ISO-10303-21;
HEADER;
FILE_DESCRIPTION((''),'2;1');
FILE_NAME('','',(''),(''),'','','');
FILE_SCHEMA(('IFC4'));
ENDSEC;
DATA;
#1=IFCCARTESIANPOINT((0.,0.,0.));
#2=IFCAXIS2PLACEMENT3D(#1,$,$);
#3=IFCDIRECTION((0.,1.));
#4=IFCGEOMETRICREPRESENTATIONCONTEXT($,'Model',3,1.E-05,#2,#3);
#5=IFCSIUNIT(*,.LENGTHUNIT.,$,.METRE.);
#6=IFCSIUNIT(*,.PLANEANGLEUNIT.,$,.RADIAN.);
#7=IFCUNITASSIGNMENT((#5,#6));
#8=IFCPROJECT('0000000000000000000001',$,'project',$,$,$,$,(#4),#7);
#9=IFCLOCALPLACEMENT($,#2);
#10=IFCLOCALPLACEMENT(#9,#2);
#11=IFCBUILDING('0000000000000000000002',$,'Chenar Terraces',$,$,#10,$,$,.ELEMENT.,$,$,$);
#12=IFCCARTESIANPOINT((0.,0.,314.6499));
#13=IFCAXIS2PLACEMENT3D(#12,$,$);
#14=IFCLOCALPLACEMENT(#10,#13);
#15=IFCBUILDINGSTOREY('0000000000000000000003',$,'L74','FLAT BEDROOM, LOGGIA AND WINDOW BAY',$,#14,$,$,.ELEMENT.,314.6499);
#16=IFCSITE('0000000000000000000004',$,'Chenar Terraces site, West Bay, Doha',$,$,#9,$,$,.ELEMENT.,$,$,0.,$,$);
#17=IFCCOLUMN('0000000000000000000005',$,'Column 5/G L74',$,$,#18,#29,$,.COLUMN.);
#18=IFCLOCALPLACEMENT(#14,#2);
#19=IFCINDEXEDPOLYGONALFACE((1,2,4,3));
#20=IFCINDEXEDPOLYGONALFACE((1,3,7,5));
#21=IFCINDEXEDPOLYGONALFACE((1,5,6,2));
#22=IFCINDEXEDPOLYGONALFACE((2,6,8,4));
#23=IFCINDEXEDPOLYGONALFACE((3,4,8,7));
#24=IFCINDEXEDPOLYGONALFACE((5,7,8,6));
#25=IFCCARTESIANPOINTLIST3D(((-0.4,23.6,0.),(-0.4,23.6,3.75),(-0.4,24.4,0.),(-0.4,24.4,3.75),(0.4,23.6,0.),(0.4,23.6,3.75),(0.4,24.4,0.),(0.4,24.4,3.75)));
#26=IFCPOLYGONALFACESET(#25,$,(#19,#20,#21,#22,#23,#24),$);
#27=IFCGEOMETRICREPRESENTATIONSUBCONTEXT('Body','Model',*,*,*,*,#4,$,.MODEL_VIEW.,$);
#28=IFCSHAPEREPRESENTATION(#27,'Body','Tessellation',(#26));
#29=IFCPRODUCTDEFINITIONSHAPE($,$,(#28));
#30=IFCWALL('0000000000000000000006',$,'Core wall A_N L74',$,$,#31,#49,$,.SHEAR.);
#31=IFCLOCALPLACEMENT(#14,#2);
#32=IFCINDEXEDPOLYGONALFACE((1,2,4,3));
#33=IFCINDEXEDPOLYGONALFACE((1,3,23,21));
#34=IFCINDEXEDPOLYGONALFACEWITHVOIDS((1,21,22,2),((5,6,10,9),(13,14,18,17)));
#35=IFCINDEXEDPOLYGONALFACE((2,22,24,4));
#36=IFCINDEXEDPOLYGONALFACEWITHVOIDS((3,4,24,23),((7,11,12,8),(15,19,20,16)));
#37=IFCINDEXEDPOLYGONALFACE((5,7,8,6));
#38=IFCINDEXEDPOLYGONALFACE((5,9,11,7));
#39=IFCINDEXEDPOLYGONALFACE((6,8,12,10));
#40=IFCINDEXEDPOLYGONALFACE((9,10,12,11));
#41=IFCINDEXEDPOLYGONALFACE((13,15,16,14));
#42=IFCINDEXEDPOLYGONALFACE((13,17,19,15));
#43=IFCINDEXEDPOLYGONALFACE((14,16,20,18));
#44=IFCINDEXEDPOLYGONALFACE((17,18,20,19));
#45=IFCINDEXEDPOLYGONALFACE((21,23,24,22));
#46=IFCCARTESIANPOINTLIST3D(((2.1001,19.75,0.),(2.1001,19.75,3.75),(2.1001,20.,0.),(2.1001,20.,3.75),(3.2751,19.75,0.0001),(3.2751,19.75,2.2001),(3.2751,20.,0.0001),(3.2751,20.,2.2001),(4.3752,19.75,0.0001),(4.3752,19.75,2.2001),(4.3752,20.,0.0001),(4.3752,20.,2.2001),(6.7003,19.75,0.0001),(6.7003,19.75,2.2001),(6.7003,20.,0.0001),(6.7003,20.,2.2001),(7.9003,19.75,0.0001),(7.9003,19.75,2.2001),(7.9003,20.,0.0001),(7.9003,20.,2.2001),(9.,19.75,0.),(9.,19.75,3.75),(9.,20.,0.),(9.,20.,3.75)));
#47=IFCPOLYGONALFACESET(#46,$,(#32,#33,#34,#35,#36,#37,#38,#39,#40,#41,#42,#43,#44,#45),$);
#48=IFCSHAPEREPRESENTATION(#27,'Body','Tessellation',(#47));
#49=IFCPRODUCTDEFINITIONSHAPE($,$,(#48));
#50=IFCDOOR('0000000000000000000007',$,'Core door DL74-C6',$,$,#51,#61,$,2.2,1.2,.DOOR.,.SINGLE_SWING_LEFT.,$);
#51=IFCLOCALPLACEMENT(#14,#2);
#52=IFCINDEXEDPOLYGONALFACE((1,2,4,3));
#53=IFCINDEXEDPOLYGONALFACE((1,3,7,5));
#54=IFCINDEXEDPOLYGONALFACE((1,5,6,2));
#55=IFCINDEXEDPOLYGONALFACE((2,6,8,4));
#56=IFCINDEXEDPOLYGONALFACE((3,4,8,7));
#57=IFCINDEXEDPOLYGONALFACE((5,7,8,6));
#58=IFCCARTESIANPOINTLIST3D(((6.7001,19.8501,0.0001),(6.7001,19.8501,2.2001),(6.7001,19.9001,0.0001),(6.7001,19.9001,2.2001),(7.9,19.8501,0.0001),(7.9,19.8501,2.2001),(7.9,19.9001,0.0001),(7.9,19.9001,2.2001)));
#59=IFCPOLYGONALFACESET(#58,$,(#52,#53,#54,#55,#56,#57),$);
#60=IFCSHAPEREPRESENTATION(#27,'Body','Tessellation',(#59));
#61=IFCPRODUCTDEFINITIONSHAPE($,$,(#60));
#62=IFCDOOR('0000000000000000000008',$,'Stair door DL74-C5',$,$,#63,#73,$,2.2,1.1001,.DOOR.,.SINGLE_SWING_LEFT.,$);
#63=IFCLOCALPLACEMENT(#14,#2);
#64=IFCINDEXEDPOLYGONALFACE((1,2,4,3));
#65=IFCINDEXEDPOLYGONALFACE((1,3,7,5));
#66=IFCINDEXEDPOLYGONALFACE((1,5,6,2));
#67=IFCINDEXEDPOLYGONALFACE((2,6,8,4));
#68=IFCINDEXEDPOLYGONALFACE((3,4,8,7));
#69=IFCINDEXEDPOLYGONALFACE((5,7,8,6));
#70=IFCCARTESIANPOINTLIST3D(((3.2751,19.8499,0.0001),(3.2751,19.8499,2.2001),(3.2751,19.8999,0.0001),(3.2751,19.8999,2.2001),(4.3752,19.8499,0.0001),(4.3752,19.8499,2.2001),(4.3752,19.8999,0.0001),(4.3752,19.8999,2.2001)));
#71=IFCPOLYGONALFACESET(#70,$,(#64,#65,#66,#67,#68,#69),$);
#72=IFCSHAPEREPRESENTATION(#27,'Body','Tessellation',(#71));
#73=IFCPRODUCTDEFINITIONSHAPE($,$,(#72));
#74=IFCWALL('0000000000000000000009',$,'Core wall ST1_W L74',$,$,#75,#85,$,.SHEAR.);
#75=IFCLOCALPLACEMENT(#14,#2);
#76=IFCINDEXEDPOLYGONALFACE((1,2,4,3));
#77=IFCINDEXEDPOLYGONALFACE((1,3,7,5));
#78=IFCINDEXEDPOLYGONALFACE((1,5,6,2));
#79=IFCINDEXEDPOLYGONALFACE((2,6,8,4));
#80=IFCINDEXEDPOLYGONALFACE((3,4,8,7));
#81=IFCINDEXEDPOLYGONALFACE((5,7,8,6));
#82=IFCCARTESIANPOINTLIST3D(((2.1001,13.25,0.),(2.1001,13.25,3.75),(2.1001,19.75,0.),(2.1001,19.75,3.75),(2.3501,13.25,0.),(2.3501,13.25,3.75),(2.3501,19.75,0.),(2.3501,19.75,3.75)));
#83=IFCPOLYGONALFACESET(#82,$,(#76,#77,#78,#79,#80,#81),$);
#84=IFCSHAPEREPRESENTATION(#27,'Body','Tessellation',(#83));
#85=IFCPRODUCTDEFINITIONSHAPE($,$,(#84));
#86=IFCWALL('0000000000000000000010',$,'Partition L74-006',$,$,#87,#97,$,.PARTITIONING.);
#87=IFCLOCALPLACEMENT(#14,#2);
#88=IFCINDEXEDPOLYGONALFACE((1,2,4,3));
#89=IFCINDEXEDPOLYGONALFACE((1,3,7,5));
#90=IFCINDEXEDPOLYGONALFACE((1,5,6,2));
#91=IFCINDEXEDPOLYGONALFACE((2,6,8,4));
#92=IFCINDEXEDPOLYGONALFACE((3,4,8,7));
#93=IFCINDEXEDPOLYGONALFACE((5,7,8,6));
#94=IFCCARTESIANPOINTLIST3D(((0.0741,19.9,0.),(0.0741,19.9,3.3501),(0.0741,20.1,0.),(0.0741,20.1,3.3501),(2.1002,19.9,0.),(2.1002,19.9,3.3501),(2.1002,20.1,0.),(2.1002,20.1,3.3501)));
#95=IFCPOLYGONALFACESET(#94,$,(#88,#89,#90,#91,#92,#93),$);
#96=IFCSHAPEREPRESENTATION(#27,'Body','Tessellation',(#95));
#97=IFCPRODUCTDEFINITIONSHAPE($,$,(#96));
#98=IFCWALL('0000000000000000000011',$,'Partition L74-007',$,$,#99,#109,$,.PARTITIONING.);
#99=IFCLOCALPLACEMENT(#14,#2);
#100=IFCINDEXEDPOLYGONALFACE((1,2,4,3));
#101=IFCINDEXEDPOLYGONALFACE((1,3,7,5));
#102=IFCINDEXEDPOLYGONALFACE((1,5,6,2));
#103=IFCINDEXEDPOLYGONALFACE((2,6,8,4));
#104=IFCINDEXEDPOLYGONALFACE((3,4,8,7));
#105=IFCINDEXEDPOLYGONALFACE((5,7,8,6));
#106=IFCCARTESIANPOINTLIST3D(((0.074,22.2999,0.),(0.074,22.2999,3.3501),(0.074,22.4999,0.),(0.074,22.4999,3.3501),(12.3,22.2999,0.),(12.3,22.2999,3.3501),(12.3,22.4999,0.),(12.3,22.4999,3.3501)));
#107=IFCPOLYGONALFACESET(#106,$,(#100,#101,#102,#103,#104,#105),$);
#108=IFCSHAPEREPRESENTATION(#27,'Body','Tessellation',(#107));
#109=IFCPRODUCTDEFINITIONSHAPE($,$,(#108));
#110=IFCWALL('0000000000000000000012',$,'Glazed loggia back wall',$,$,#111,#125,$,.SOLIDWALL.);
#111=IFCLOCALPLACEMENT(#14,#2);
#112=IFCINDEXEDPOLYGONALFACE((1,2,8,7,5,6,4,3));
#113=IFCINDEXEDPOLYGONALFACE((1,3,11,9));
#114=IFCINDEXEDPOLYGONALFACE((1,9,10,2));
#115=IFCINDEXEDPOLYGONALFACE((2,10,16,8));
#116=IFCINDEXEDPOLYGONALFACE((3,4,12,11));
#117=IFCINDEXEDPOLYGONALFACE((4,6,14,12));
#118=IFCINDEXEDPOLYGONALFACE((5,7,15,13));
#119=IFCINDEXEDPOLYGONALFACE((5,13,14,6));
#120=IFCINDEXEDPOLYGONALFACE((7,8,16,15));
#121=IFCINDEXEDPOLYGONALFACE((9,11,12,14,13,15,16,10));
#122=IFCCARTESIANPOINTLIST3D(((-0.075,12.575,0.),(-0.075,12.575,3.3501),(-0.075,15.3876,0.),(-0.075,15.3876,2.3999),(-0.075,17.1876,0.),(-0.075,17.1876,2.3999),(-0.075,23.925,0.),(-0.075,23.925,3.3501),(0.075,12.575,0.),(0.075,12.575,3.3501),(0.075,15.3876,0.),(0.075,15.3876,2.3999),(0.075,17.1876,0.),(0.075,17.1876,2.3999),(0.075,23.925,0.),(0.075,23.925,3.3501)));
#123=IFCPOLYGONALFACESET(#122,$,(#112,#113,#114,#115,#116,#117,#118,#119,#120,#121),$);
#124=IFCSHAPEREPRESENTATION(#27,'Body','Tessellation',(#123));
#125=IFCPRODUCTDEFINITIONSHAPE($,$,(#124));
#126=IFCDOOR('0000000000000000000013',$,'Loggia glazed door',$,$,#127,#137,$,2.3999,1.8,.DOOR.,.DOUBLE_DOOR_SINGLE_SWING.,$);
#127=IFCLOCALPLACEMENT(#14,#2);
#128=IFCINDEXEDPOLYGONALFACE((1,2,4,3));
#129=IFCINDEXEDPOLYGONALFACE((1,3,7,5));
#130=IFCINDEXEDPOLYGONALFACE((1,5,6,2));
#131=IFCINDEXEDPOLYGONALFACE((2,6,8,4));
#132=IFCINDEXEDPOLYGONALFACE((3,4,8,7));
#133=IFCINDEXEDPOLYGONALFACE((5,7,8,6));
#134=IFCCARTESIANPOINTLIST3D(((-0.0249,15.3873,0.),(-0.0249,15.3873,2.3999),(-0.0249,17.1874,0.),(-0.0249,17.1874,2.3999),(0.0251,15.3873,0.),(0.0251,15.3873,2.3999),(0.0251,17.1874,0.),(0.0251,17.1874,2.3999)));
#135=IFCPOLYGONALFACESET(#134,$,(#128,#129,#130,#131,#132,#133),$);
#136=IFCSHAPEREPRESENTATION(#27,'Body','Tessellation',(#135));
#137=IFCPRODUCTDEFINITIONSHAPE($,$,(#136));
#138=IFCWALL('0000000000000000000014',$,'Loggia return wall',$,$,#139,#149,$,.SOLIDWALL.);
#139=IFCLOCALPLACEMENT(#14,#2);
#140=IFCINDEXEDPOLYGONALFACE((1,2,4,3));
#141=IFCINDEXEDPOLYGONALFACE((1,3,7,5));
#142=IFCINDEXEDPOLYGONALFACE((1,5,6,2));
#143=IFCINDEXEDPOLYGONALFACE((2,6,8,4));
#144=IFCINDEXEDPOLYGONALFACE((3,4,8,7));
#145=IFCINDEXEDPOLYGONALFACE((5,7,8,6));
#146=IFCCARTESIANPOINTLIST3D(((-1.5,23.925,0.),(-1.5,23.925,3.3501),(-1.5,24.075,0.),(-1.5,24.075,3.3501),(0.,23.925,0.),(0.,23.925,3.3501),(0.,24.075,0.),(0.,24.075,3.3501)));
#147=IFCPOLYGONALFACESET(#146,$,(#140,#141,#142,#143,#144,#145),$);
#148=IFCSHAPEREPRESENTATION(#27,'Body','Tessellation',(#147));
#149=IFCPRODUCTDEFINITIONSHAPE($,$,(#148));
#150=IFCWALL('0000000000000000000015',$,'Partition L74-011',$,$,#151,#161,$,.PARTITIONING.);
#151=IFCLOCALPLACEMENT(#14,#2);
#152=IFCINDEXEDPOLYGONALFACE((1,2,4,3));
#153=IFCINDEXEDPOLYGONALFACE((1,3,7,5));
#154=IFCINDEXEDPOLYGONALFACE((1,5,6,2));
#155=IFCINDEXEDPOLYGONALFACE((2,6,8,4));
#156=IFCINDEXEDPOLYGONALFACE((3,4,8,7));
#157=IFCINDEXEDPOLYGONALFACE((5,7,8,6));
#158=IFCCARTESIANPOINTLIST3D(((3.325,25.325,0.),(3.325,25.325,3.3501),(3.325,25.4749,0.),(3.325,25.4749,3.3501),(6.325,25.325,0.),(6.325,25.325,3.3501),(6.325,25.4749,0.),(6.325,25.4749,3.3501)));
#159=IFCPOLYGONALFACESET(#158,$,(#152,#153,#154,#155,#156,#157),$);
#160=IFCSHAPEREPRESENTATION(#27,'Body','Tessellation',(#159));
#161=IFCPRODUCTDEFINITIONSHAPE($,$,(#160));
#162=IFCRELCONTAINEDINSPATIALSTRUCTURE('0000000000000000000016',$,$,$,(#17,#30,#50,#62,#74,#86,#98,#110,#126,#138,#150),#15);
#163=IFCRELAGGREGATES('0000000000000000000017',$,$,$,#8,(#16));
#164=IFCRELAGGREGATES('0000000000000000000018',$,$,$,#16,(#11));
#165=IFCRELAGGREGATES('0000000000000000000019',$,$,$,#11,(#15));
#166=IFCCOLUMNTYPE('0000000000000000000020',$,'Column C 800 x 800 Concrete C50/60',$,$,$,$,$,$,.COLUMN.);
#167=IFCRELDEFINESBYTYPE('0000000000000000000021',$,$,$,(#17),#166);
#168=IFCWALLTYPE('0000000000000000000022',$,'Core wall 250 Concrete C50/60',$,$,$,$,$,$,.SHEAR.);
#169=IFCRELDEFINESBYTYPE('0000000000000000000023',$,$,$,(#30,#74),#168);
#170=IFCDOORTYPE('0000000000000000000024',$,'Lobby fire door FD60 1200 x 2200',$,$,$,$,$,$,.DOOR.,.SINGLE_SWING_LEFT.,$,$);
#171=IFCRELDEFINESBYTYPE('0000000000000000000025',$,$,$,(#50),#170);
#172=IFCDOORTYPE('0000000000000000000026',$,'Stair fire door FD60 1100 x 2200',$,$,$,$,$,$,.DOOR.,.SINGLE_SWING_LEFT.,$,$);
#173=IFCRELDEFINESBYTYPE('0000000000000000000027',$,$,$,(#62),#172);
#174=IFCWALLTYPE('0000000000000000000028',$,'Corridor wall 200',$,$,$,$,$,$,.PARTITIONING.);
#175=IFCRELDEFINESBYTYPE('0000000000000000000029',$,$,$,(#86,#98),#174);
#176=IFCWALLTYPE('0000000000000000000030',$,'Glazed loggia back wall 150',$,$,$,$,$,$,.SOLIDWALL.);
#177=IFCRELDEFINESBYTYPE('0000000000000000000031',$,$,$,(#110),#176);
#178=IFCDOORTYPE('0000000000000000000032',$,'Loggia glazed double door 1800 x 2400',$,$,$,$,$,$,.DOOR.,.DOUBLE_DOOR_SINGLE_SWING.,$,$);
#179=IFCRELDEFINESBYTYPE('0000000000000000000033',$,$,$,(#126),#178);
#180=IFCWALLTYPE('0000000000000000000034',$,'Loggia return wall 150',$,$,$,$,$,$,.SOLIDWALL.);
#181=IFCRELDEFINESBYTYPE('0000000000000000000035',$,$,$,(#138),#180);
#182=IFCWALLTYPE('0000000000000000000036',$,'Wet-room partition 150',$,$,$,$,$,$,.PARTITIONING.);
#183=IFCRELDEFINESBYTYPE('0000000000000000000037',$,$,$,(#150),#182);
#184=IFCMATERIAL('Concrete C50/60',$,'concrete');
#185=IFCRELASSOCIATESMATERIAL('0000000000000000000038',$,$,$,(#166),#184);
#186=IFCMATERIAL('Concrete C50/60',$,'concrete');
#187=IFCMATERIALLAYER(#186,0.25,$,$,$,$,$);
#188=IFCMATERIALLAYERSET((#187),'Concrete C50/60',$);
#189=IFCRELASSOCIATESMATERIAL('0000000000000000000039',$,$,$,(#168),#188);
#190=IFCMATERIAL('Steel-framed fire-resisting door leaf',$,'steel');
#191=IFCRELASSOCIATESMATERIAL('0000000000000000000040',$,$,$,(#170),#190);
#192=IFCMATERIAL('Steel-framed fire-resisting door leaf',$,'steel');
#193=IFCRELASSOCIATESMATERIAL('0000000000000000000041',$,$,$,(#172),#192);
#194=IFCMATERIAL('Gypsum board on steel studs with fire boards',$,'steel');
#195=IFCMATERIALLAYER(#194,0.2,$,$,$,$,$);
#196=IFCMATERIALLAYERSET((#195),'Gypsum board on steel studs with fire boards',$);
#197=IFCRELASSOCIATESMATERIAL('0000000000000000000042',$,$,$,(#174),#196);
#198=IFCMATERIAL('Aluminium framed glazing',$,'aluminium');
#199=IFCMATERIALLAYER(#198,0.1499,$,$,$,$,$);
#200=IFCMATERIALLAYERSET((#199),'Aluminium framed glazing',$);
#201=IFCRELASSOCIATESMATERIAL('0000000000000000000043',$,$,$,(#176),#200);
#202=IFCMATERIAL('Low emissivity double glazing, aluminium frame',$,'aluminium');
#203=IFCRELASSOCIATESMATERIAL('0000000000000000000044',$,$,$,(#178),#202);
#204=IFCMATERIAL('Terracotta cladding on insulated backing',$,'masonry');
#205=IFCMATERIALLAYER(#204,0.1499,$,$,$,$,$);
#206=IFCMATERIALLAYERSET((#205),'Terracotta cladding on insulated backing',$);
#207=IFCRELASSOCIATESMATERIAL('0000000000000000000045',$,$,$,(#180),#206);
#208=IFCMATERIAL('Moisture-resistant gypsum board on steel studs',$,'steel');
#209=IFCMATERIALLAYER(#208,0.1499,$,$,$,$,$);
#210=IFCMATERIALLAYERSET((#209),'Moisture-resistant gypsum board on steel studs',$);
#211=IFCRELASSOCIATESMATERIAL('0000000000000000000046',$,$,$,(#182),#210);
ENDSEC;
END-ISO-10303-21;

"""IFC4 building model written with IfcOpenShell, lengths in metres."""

from ifc_helpers import new_model, si_unit, direction, frame, frame_2d, origin, origin_2d, place, context, subcontext, project, spatial, rectangle, extrude, material, layer, layer_set, material_profile, profile_set, type_object, element, fill, save


model = new_model("IFC4")

# Units and contexts
model_context = context("Model", 3, precision=1e-05, world=origin(), true_north=direction((0.0, 1.0)))
body_context = subcontext(model_context, "Body", "Model", "MODEL_VIEW")
ifc_project = project(units=[si_unit("LENGTHUNIT", "METRE"), si_unit("PLANEANGLEUNIT", "RADIAN")], contexts=[model_context])

# Site, building, storey
site_placement = place(None, origin())
site = spatial("IfcSite", under=ifc_project, at=site_placement, Name="Chenar Terraces site, West Bay, Doha", CompositionType="ELEMENT", RefElevation=0.0)
building_placement = place(site_placement, origin())
building = spatial("IfcBuilding", under=site, at=building_placement, Name="Chenar Terraces", CompositionType="ELEMENT")
storey_placement = place(building_placement, frame((0.0, 0.0, 314.6499)))
storey = spatial("IfcBuildingStorey", under=building, at=storey_placement, Name="L74", Description="FLAT BEDROOM, LOGGIA AND WINDOW BAY", CompositionType="ELEMENT", Elevation=314.6499)

# Column
ifc_material_1 = material(Name="Concrete C50/60", Category="concrete")
ifc_material_profile = material_profile(ifc_material_1, rectangle(XDim=0.8, YDim=0.8, at=origin_2d()), Name="C 800 x 800")
ifc_profile_set = profile_set([ifc_material_profile], Name="Concrete C50/60")
column_type = type_object("IfcColumnType", Name="Column C 800 x 800 Concrete C50/60", PredefinedType="COLUMN", material=ifc_profile_set)
column_placement = place(storey_placement, frame((0.0, 24.0, 0.0), z_axis=(0.0, 0.0, 1.0), x_axis=(1.0, 0.0, 0.0)))
element("IfcColumn", 1, at=column_placement, inside=storey, type_object=column_type, Name="Column 5/G L74", PredefinedType="COLUMN", context=body_context, shape_type="SweptSolid", body=[
    extrude(rectangle(XDim=0.8, YDim=0.8, at=origin_2d()), origin(), (0.0, 0.0, 1.0), 3.75),
])

# Wall, openings, doors
ifc_material_2 = material(Name="Concrete C50/60", Category="concrete")
ifc_layer_1 = layer(ifc_material_2, 0.25)
ifc_layer_set_1 = layer_set([ifc_layer_1], Name="Concrete C50/60")
wall_type_1 = type_object("IfcWallType", Name="Core wall 250 Concrete C50/60", PredefinedType="SHEAR", material=ifc_layer_set_1)
wall_1_placement = place(storey_placement, frame((2.1001, 19.875, 0.0), z_axis=(0.0, 0.0, 1.0), x_axis=(1.0, 0.0, 0.0)))
wall_1 = element("IfcWall", 2, at=wall_1_placement, inside=storey, type_object=wall_type_1, Name="Core wall A_N L74", PredefinedType="SHEAR", context=body_context, shape_type="SweptSolid", body=[
    extrude(rectangle(XDim=6.8999, YDim=0.25, at=frame_2d((3.45, 0.0))), origin(), (0.0, 0.0, 1.0), 3.75),
])
opening_1_placement = place(wall_1_placement, frame((1.175, 0.0, 0.0)))
opening_1 = element("IfcOpeningElement", 3, at=opening_1_placement, cuts=wall_1, PredefinedType="OPENING", context=body_context, shape_type="SweptSolid", body=[
    extrude(rectangle(XDim=1.1001, YDim=2.2, at=frame_2d((0.55, 1.1001))), frame((0.0, 0.135, 0.0), z_axis=(0.0, -1.0, 0.0), x_axis=(1.0, 0.0, 0.0)), (0.0, 0.0, 1.0), 0.27),
])
opening_2_placement = place(wall_1_placement, frame((4.6001, 0.0, 0.0)))
opening_2 = element("IfcOpeningElement", 4, at=opening_2_placement, cuts=wall_1, PredefinedType="OPENING", context=body_context, shape_type="SweptSolid", body=[
    extrude(rectangle(XDim=1.2, YDim=2.2, at=frame_2d((0.6001, 1.1001))), frame((0.0, 0.135, 0.0), z_axis=(0.0, -1.0, 0.0), x_axis=(1.0, 0.0, 0.0)), (0.0, 0.0, 1.0), 0.27),
])
ifc_material_3 = material(Name="Steel-framed fire-resisting door leaf", Category="steel")
door_type_1 = type_object("IfcDoorType", Name="Lobby fire door FD60 1200 x 2200", OperationType="SINGLE_SWING_LEFT", PredefinedType="DOOR", material=ifc_material_3)
door_1_placement = place(opening_2_placement, frame((1.2, 0.0, 0.0), z_axis=(0.0, 0.0, 1.0), x_axis=(-1.0, 0.0, 0.0)))
door_1 = element("IfcDoor", 5, at=door_1_placement, inside=storey, type_object=door_type_1, Name="Core door DL74-C6", OperationType="SINGLE_SWING_LEFT", OverallHeight=2.2, OverallWidth=1.2, PredefinedType="DOOR", context=body_context, shape_type="SweptSolid", body=[
    extrude(rectangle(XDim=1.2, YDim=2.2, at=frame_2d((0.6001, 1.1001))), frame((0.0, 0.0249, 0.0), z_axis=(0.0, -1.0, 0.0), x_axis=(1.0, 0.0, 0.0)), (0.0, 0.0, 1.0), 0.05),
])
fill(opening_2, door_1)
ifc_material_4 = material(Name="Steel-framed fire-resisting door leaf", Category="steel")
door_type_2 = type_object("IfcDoorType", Name="Stair fire door FD60 1100 x 2200", OperationType="SINGLE_SWING_LEFT", PredefinedType="DOOR", material=ifc_material_4)
door_2_placement = place(opening_1_placement, origin())
door_2 = element("IfcDoor", 6, at=door_2_placement, inside=storey, type_object=door_type_2, Name="Stair door DL74-C5", OperationType="SINGLE_SWING_LEFT", OverallHeight=2.2, OverallWidth=1.1001, PredefinedType="DOOR", context=body_context, shape_type="SweptSolid", body=[
    extrude(rectangle(XDim=1.1001, YDim=2.2, at=frame_2d((0.55, 1.1001))), frame((0.0, 0.0249, 0.0), z_axis=(0.0, -1.0, 0.0), x_axis=(1.0, 0.0, 0.0)), (0.0, 0.0, 1.0), 0.05),
])
fill(opening_1, door_2)

# Walls
wall_2_placement = place(storey_placement, frame((2.2251, 13.25, 0.0), z_axis=(0.0, 0.0, 1.0), x_axis=(0.0, 1.0, 0.0)))
element("IfcWall", 7, at=wall_2_placement, inside=storey, type_object=wall_type_1, Name="Core wall ST1_W L74", PredefinedType="SHEAR", context=body_context, shape_type="SweptSolid", body=[
    extrude(rectangle(XDim=6.5, YDim=0.25, at=frame_2d((3.25, 0.0))), origin(), (0.0, 0.0, 1.0), 3.75),
])
ifc_material_5 = material(Name="Gypsum board on steel studs with fire boards", Category="steel")
ifc_layer_2 = layer(ifc_material_5, 0.2)
ifc_layer_set_2 = layer_set([ifc_layer_2], Name="Gypsum board on steel studs with fire boards")
wall_type_2 = type_object("IfcWallType", Name="Corridor wall 200", PredefinedType="PARTITIONING", material=ifc_layer_set_2)
wall_3_placement = place(storey_placement, frame((0.074, 20.0, 0.0), z_axis=(0.0, 0.0, 1.0), x_axis=(1.0, 0.0, 0.0)))
element("IfcWall", 8, at=wall_3_placement, inside=storey, type_object=wall_type_2, Name="Partition L74-006", PredefinedType="PARTITIONING", context=body_context, shape_type="SweptSolid", body=[
    extrude(rectangle(XDim=2.0261, YDim=0.2, at=frame_2d((1.0132, 0.0))), origin(), (0.0, 0.0, 1.0), 3.3501),
])
wall_4_placement = place(storey_placement, frame((0.074, 22.3999, 0.0), z_axis=(0.0, 0.0, 1.0), x_axis=(1.0, 0.0, 0.0)))
element("IfcWall", 9, at=wall_4_placement, inside=storey, type_object=wall_type_2, Name="Partition L74-007", PredefinedType="PARTITIONING", context=body_context, shape_type="SweptSolid", body=[
    extrude(rectangle(XDim=12.2261, YDim=0.2, at=frame_2d((6.113, 0.0))), origin(), (0.0, 0.0, 1.0), 3.3501),
])

# Wall, opening, door
ifc_material_6 = material(Name="Aluminium framed glazing", Category="aluminium")
ifc_layer_3 = layer(ifc_material_6, 0.1499)
ifc_layer_set_3 = layer_set([ifc_layer_3], Name="Aluminium framed glazing")
wall_type_3 = type_object("IfcWallType", Name="Glazed loggia back wall 150", PredefinedType="SOLIDWALL", material=ifc_layer_set_3)
wall_5_placement = place(storey_placement, frame((0.0, 23.925, 0.0), z_axis=(0.0, 0.0, 1.0), x_axis=(0.0, -1.0, 0.0)))
wall_5 = element("IfcWall", 10, at=wall_5_placement, inside=storey, type_object=wall_type_3, Name="Glazed loggia back wall", PredefinedType="SOLIDWALL", context=body_context, shape_type="SweptSolid", body=[
    extrude(rectangle(XDim=11.3501, YDim=0.1499, at=frame_2d((5.675, 0.0))), origin(), (0.0, 0.0, 1.0), 3.3501),
])
opening_3_placement = place(wall_5_placement, frame((6.7375, 0.0, 0.0)))
opening_3 = element("IfcOpeningElement", 11, at=opening_3_placement, cuts=wall_5, PredefinedType="OPENING", context=body_context, shape_type="SweptSolid", body=[
    extrude(rectangle(XDim=1.8, YDim=2.3999, at=frame_2d((0.8999, 1.2))), frame((0.0, 0.085, 0.0), z_axis=(0.0, -1.0, 0.0), x_axis=(1.0, 0.0, 0.0)), (0.0, 0.0, 1.0), 0.1699),
])
ifc_material_7 = material(Name="Low emissivity double glazing, aluminium frame", Category="aluminium")
door_type_3 = type_object("IfcDoorType", Name="Loggia glazed double door 1800 x 2400", OperationType="DOUBLE_DOOR_SINGLE_SWING", PredefinedType="DOOR", material=ifc_material_7)
door_3_placement = place(opening_3_placement, frame((1.8, 0.0, 0.0), z_axis=(0.0, 0.0, 1.0), x_axis=(-1.0, 0.0, 0.0)))
door_3 = element("IfcDoor", 12, at=door_3_placement, inside=storey, type_object=door_type_3, Name="Loggia glazed door", OperationType="DOUBLE_DOOR_SINGLE_SWING", OverallHeight=2.3999, OverallWidth=1.8, PredefinedType="DOOR", context=body_context, shape_type="SweptSolid", body=[
    extrude(rectangle(XDim=1.8, YDim=2.3999, at=frame_2d((0.8999, 1.2))), frame((0.0, 0.0249, 0.0), z_axis=(0.0, -1.0, 0.0), x_axis=(1.0, 0.0, 0.0)), (0.0, 0.0, 1.0), 0.05),
])
fill(opening_3, door_3)

# Walls
ifc_material_8 = material(Name="Terracotta cladding on insulated backing", Category="masonry")
ifc_layer_4 = layer(ifc_material_8, 0.1499)
ifc_layer_set_4 = layer_set([ifc_layer_4], Name="Terracotta cladding on insulated backing")
wall_type_4 = type_object("IfcWallType", Name="Loggia return wall 150", PredefinedType="SOLIDWALL", material=ifc_layer_set_4)
wall_6_placement = place(storey_placement, frame((-1.5, 24.0, 0.0), z_axis=(0.0, 0.0, 1.0), x_axis=(1.0, 0.0, 0.0)))
element("IfcWall", 13, at=wall_6_placement, inside=storey, type_object=wall_type_4, Name="Loggia return wall", PredefinedType="SOLIDWALL", context=body_context, shape_type="SweptSolid", body=[
    extrude(rectangle(XDim=1.5, YDim=0.1499, at=frame_2d((0.75, 0.0))), origin(), (0.0, 0.0, 1.0), 3.3501),
])
ifc_material_9 = material(Name="Moisture-resistant gypsum board on steel studs", Category="steel")
ifc_layer_5 = layer(ifc_material_9, 0.1499)
ifc_layer_set_5 = layer_set([ifc_layer_5], Name="Moisture-resistant gypsum board on steel studs")
wall_type_5 = type_object("IfcWallType", Name="Wet-room partition 150", PredefinedType="PARTITIONING", material=ifc_layer_set_5)
wall_7_placement = place(storey_placement, frame((3.325, 25.3999, 0.0), z_axis=(0.0, 0.0, 1.0), x_axis=(1.0, 0.0, 0.0)))
element("IfcWall", 14, at=wall_7_placement, inside=storey, type_object=wall_type_5, Name="Partition L74-011", PredefinedType="PARTITIONING", context=body_context, shape_type="SweptSolid", body=[
    extrude(rectangle(XDim=3.0, YDim=0.1499, at=frame_2d((1.5, 0.0))), origin(), (0.0, 0.0, 1.0), 3.3501),
])

save(model, "model.ifc")
